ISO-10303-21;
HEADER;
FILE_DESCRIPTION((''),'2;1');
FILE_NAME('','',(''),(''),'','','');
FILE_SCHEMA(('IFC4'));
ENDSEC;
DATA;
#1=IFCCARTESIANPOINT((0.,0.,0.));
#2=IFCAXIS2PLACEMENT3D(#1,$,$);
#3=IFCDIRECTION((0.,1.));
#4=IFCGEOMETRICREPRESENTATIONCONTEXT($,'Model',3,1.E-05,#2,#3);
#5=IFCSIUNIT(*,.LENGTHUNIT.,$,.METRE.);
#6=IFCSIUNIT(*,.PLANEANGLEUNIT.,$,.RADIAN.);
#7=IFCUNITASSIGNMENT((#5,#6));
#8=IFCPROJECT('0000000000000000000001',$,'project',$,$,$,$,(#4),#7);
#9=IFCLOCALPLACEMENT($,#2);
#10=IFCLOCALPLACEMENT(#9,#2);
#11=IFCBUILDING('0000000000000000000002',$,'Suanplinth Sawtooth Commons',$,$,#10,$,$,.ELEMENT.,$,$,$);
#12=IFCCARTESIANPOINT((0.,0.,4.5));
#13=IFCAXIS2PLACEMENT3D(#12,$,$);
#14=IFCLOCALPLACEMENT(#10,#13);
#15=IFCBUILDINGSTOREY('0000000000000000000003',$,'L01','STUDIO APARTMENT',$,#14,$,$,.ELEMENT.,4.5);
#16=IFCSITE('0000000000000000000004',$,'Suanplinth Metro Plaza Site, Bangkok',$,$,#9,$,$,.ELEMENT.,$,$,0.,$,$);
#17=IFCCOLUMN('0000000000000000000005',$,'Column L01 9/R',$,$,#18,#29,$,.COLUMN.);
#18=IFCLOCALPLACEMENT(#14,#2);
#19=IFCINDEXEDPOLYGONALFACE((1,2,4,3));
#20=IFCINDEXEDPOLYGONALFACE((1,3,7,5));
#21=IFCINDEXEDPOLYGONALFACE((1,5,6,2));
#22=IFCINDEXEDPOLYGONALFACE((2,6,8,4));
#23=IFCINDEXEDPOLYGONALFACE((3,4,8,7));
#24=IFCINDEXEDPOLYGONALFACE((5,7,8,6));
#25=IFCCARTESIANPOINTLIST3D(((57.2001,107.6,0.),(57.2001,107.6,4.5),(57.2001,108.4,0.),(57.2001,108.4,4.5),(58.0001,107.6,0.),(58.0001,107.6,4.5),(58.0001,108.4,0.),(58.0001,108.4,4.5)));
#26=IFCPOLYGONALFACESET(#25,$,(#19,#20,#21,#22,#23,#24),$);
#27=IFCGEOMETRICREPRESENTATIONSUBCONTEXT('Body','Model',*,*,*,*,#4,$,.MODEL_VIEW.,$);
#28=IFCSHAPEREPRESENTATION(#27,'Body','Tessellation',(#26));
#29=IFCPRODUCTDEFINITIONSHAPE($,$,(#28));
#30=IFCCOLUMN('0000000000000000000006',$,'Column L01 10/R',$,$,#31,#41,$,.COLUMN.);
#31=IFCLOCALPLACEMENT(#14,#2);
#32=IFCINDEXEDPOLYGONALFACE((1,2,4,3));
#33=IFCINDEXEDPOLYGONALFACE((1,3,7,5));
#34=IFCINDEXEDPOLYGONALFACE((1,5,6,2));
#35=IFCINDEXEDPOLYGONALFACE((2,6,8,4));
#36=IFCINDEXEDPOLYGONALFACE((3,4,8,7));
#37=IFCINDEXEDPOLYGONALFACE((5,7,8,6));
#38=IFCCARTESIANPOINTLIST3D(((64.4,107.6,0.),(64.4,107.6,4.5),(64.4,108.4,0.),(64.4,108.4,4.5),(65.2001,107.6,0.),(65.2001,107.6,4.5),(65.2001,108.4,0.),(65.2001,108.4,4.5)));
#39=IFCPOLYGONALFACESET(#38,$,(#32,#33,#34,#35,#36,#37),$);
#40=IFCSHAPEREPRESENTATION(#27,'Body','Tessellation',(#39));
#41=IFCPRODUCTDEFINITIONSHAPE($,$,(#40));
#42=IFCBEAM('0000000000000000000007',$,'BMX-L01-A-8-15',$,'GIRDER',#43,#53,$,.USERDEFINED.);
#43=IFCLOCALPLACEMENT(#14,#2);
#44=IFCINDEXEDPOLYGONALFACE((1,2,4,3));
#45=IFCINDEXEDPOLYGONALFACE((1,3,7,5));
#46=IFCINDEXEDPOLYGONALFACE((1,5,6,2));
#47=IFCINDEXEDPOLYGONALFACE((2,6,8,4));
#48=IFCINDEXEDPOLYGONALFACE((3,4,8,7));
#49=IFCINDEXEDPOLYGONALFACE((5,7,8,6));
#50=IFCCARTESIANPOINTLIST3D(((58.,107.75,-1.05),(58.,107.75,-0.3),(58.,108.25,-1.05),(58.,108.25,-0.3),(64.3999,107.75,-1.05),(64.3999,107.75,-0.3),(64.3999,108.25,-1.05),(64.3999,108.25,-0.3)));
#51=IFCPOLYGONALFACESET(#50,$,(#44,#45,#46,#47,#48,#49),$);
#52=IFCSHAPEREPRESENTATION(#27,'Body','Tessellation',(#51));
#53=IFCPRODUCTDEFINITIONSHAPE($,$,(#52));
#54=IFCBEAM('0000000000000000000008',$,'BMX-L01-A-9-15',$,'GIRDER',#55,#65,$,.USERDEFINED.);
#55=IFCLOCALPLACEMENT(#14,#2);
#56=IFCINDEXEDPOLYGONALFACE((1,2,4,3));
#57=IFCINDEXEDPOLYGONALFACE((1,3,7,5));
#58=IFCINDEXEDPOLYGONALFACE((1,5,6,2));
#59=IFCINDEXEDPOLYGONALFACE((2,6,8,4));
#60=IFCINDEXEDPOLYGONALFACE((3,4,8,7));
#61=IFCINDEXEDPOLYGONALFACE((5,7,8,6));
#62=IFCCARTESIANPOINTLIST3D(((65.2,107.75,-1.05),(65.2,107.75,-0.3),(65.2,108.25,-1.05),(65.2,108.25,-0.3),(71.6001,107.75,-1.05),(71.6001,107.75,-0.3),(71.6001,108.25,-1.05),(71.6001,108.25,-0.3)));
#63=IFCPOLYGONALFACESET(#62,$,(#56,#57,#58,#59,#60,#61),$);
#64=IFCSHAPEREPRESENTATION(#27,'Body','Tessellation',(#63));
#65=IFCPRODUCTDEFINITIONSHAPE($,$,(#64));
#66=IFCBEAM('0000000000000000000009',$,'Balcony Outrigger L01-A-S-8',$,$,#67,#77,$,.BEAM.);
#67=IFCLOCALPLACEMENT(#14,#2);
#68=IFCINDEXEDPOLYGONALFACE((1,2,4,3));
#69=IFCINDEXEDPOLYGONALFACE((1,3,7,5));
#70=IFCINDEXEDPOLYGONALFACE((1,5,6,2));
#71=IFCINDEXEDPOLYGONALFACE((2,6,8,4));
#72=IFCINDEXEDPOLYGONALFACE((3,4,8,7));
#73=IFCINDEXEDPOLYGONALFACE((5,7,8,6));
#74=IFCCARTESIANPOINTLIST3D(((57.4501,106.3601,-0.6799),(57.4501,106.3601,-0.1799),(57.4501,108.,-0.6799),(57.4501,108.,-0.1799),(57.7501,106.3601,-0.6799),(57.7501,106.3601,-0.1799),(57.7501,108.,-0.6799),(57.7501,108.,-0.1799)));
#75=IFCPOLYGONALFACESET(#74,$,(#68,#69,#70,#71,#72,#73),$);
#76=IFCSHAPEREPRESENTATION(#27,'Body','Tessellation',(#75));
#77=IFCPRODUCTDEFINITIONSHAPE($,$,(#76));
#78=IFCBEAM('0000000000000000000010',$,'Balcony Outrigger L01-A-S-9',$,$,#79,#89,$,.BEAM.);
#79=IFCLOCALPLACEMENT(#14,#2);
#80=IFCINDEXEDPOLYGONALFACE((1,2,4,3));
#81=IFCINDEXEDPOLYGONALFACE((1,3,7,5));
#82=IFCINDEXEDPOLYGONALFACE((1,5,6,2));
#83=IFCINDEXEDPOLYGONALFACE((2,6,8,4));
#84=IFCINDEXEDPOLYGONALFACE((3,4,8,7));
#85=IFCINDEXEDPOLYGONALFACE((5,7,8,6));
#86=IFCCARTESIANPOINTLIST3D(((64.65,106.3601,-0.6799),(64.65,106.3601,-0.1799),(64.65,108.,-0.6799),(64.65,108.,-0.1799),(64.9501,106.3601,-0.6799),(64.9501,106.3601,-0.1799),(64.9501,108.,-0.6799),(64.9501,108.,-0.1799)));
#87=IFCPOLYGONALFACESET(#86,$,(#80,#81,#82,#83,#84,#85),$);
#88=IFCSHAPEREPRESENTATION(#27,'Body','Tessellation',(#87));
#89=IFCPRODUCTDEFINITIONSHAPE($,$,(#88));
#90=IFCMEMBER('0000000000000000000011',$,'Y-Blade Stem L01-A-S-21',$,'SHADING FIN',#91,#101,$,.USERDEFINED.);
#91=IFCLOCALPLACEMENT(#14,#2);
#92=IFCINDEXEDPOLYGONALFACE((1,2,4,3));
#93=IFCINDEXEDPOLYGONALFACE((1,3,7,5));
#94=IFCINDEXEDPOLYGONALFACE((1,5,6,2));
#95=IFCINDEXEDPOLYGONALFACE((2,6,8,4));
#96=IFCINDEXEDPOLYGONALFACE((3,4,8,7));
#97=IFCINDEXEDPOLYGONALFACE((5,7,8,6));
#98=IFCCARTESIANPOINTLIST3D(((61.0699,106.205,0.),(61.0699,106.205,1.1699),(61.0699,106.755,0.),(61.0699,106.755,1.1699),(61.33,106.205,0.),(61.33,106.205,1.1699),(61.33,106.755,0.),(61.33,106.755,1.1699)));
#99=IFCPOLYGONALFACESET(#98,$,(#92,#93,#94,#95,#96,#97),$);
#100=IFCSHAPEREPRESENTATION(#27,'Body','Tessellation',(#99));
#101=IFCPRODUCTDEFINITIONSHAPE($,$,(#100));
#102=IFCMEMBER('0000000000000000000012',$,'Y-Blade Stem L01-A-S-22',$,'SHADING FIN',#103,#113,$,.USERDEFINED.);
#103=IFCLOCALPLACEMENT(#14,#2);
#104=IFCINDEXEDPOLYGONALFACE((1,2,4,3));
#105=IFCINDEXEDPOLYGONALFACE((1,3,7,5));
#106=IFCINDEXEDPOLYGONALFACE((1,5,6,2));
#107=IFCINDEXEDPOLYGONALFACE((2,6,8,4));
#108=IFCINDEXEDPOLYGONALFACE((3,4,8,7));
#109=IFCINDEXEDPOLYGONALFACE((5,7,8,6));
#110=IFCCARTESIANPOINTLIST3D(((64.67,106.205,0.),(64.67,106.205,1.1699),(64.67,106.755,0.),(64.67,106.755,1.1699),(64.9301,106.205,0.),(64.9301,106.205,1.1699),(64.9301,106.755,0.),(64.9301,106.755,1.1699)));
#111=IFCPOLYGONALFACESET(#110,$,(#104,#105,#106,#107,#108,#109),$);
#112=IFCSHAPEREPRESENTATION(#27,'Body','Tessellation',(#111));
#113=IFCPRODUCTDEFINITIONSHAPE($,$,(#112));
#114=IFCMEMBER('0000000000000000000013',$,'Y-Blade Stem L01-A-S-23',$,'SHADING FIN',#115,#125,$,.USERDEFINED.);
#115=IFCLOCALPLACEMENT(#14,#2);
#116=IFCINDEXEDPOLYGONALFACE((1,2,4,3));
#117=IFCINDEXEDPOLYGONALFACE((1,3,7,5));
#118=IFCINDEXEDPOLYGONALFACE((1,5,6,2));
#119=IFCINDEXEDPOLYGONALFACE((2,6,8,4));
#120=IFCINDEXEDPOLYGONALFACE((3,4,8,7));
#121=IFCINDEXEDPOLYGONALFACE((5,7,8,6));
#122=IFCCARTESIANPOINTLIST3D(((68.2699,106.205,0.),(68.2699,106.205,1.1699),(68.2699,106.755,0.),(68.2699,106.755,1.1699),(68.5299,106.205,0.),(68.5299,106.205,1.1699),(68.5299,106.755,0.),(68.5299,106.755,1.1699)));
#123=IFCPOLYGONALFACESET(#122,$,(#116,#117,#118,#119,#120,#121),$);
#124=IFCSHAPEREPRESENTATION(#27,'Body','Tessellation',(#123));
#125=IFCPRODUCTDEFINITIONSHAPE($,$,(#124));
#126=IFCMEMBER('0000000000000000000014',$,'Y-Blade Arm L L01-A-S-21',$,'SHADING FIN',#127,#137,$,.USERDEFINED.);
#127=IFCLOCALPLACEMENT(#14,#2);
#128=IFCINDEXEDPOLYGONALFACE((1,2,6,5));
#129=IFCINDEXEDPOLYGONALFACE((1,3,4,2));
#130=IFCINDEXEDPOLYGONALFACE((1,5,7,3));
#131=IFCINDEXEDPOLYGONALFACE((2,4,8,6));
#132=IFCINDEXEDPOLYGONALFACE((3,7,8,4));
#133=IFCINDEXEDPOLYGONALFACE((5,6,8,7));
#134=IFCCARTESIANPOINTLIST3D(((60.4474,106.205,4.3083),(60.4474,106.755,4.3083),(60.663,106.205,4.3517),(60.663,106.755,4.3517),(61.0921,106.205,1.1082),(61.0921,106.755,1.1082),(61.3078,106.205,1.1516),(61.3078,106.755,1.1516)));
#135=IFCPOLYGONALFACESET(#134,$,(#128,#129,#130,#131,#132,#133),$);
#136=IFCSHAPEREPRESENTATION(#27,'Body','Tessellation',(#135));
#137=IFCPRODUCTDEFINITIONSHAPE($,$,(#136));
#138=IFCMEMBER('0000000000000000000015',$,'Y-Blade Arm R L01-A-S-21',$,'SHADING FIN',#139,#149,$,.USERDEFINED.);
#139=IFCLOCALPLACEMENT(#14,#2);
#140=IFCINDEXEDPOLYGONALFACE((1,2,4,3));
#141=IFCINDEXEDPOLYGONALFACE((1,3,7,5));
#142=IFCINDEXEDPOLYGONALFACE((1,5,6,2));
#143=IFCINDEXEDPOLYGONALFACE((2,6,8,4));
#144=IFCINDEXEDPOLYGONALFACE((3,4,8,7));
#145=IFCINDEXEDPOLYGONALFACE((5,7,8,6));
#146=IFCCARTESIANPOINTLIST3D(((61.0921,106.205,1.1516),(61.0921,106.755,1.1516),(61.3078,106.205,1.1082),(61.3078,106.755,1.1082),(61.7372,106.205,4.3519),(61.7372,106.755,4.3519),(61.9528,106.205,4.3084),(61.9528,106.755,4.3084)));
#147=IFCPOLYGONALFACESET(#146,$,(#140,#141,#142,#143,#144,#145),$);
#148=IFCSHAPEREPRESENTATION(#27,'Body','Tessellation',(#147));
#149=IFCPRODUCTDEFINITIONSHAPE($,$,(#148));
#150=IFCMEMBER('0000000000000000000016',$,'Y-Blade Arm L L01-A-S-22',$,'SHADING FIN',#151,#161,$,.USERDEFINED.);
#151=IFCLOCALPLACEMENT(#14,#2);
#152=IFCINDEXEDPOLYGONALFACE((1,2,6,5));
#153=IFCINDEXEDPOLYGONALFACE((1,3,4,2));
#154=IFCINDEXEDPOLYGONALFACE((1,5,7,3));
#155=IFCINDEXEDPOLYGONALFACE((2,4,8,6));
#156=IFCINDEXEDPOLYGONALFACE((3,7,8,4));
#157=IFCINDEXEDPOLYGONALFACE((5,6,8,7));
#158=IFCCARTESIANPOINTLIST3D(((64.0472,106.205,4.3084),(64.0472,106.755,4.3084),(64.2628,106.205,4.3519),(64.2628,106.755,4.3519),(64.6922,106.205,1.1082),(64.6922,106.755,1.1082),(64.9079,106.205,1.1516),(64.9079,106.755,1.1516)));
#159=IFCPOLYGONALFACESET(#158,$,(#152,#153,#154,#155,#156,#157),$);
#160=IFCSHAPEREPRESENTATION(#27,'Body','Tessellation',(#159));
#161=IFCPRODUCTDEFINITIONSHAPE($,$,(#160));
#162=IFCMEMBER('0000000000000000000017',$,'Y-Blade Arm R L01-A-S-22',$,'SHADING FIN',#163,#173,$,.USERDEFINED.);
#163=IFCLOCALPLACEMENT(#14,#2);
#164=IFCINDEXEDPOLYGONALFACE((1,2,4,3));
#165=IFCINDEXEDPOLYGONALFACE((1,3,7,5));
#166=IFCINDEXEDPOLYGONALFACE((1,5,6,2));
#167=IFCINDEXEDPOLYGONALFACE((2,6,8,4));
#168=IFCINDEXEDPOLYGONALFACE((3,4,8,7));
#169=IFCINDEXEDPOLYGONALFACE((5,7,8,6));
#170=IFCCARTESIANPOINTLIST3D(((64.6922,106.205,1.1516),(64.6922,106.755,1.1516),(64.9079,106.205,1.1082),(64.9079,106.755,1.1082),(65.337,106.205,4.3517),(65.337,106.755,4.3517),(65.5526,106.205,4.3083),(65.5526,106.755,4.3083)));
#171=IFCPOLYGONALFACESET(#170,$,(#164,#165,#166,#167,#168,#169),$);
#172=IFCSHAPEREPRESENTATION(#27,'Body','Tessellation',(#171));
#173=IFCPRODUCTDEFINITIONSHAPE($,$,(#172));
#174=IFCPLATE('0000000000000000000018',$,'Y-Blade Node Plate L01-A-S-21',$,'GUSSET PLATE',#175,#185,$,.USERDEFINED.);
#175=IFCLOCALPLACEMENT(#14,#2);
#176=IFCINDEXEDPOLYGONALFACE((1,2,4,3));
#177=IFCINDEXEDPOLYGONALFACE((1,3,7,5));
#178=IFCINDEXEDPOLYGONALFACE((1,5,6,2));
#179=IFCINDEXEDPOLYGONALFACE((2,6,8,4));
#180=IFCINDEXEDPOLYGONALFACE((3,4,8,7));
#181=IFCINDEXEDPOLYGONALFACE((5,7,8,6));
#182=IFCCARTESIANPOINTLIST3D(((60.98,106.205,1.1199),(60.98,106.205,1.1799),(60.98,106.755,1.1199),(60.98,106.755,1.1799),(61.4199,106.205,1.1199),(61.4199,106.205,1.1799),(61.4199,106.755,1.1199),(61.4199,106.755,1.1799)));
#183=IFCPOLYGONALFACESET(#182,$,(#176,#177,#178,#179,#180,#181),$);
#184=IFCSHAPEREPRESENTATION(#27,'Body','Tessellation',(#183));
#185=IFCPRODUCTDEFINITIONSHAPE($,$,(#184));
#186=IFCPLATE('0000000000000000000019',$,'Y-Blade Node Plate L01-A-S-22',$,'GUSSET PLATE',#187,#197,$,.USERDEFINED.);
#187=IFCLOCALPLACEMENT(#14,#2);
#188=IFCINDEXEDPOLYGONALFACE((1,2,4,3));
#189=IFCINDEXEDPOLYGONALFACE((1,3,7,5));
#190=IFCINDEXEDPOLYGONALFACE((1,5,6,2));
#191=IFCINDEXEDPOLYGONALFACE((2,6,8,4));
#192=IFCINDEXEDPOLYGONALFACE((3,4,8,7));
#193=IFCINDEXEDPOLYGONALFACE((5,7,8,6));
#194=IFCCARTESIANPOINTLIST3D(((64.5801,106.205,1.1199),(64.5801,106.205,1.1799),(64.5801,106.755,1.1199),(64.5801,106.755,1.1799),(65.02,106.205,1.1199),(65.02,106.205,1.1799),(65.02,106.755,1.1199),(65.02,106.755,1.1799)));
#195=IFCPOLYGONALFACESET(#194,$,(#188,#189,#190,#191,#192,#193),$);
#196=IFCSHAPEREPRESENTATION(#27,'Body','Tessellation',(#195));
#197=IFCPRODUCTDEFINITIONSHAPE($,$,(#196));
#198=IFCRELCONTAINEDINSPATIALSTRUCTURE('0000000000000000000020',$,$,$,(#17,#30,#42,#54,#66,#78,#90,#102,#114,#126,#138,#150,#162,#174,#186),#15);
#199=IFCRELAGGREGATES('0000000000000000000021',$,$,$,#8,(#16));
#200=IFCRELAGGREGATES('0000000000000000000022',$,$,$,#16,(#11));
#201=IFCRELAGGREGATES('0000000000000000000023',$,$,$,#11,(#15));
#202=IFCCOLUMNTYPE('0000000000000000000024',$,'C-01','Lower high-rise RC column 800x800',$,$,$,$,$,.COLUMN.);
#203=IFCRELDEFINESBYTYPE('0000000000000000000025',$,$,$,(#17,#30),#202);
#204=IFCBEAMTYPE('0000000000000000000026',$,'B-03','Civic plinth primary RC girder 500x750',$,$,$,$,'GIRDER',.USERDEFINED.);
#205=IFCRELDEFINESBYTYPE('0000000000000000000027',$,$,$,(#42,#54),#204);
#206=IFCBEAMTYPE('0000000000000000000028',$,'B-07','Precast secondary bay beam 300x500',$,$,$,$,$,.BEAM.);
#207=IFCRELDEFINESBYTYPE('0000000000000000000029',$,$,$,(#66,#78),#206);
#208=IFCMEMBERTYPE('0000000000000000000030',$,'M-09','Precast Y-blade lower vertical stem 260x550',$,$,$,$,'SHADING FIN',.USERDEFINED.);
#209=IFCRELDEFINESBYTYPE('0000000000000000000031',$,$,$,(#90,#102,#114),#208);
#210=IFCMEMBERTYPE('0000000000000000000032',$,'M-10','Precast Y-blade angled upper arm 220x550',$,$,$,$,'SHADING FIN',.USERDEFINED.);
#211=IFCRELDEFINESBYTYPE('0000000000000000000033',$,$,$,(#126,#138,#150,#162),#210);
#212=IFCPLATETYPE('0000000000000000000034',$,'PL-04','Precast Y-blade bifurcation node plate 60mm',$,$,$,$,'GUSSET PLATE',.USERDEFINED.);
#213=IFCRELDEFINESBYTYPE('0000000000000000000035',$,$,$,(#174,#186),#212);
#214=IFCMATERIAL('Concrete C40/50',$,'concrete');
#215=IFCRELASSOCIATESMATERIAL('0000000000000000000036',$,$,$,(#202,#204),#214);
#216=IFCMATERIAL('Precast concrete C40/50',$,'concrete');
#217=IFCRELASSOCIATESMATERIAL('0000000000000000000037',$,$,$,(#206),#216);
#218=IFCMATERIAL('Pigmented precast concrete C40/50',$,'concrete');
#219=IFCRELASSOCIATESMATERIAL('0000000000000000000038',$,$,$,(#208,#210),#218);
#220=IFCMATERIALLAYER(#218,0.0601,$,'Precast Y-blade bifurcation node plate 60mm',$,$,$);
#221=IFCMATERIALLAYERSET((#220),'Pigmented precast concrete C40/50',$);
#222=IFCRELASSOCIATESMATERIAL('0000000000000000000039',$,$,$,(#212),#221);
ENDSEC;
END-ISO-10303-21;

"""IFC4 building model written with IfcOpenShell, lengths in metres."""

from ifc_helpers import new_model, si_unit, direction, frame, origin, origin_2d, place, context, subcontext, project, spatial, rectangle, extrude, material, layer, layer_set, material_profile, profile_set, type_object, element, save


model = new_model("IFC4")

# Units and contexts
model_context = context("Model", 3, precision=1e-05, world=origin(), true_north=direction((0.0, 1.0)))
body_context = subcontext(model_context, "Body", "Model", "MODEL_VIEW")
ifc_project = project(units=[si_unit("LENGTHUNIT", "METRE"), si_unit("PLANEANGLEUNIT", "RADIAN")], contexts=[model_context])

# Site, building, storey
site_placement = place(None, origin())
site = spatial("IfcSite", under=ifc_project, at=site_placement, Name="Suanplinth Metro Plaza Site, Bangkok", CompositionType="ELEMENT", RefElevation=0.0)
building_placement = place(site_placement, origin())
building = spatial("IfcBuilding", under=site, at=building_placement, Name="Suanplinth Sawtooth Commons", CompositionType="ELEMENT")
storey_placement = place(building_placement, frame((0.0, 0.0, 4.5)))
storey = spatial("IfcBuildingStorey", under=building, at=storey_placement, Name="L01", Description="STUDIO APARTMENT", CompositionType="ELEMENT", Elevation=4.5)

# Columns
ifc_material_1 = material(Name="Concrete C40/50", Category="concrete")
ifc_material_profile_1 = material_profile(ifc_material_1, rectangle(XDim=0.8, YDim=0.8, at=origin_2d()), Name="RC-COL 800x800")
ifc_profile_set_1 = profile_set([ifc_material_profile_1], Name="Concrete C40/50")
column_type = type_object("IfcColumnType", Name="C-01", Description="Lower high-rise RC column 800x800", PredefinedType="COLUMN", material=ifc_profile_set_1)
for number, where, z_axis, x_axis, name in (
    (1, (57.6001, 108.0, 0.0), (0.0, 0.0, 1.0), (1.0, 0.0, 0.0), "Column L01 9/R"),
    (2, (64.8, 108.0, 0.0), (0.0, 0.0, 1.0), (1.0, 0.0, 0.0), "Column L01 10/R"),
):
    element("IfcColumn", number, at=place(storey_placement, frame(where, z_axis=z_axis, x_axis=x_axis)), inside=storey, type_object=column_type, Name=name, PredefinedType="COLUMN", context=body_context, shape_type="SweptSolid", body=[
        extrude(rectangle(XDim=0.8, YDim=0.8, at=origin_2d()), origin(), (0.0, 0.0, 1.0), 4.5),
    ])

# Beams
ifc_material_profile_2 = material_profile(ifc_material_1, rectangle(XDim=0.5, YDim=0.75, at=origin_2d()), Name="RC-GDR 500x750")
ifc_profile_set_2 = profile_set([ifc_material_profile_2], Name="Concrete C40/50")
beam_type_1 = type_object("IfcBeamType", Name="B-03", Description="Civic plinth primary RC girder 500x750", ElementType="GIRDER", PredefinedType="USERDEFINED", material=ifc_profile_set_2)
beam_1_placement = place(storey_placement, frame((58.0, 108.0, -0.675), z_axis=(1.0, 0.0, 0.0), x_axis=(0.0, 1.0, 0.0)))
element("IfcBeam", 3, at=beam_1_placement, inside=storey, type_object=beam_type_1, Name="BMX-L01-A-8-15", ObjectType="GIRDER", PredefinedType="USERDEFINED", context=body_context, shape_type="SweptSolid", body=[
    extrude(rectangle(XDim=0.5, YDim=0.75, at=origin_2d()), origin(), (0.0, 0.0, 1.0), 6.3999),
])
beam_2_placement = place(storey_placement, frame((65.2, 108.0, -0.675), z_axis=(1.0, 0.0, 0.0), x_axis=(0.0, 1.0, 0.0)))
element("IfcBeam", 4, at=beam_2_placement, inside=storey, type_object=beam_type_1, Name="BMX-L01-A-9-15", ObjectType="GIRDER", PredefinedType="USERDEFINED", context=body_context, shape_type="SweptSolid", body=[
    extrude(rectangle(XDim=0.5, YDim=0.75, at=origin_2d()), origin(), (0.0, 0.0, 1.0), 6.4001),
])
ifc_material_2 = material(Name="Precast concrete C40/50", Category="concrete")
ifc_material_profile_3 = material_profile(ifc_material_2, rectangle(XDim=0.3, YDim=0.5, at=origin_2d()), Name="PC-BM 300x500")
ifc_profile_set_3 = profile_set([ifc_material_profile_3], Name="Precast concrete C40/50")
beam_type_2 = type_object("IfcBeamType", Name="B-07", Description="Precast secondary bay beam 300x500", PredefinedType="BEAM", material=ifc_profile_set_3)
for number, where, z_axis, x_axis, name in (
    (5, (57.6001, 108.0, -0.4299), (0.0, -1.0, 0.0), (1.0, 0.0, 0.0), "Balcony Outrigger L01-A-S-8"),
    (6, (64.8, 108.0, -0.4299), (0.0, -1.0, 0.0), (1.0, 0.0, 0.0), "Balcony Outrigger L01-A-S-9"),
):
    element("IfcBeam", number, at=place(storey_placement, frame(where, z_axis=z_axis, x_axis=x_axis)), inside=storey, type_object=beam_type_2, Name=name, PredefinedType="BEAM", context=body_context, shape_type="SweptSolid", body=[
        extrude(rectangle(XDim=0.3, YDim=0.5, at=origin_2d()), origin(), (0.0, 0.0, 1.0), 1.6399),
    ])

# Members
ifc_material_3 = material(Name="Pigmented precast concrete C40/50", Category="concrete")
ifc_material_profile_4 = material_profile(ifc_material_3, rectangle(XDim=0.26, YDim=0.55, at=origin_2d()), Name="PC-FIN 260x550")
ifc_profile_set_4 = profile_set([ifc_material_profile_4], Name="Pigmented precast concrete C40/50")
member_type_1 = type_object("IfcMemberType", Name="M-09", Description="Precast Y-blade lower vertical stem 260x550", ElementType="SHADING FIN", PredefinedType="USERDEFINED", material=ifc_profile_set_4)
for number, where, z_axis, x_axis, name in (
    (7, (61.2, 106.48, 0.0), (0.0, 0.0, 1.0), (1.0, 0.0, 0.0), "Y-Blade Stem L01-A-S-21"),
    (8, (64.8, 106.48, 0.0), (0.0, 0.0, 1.0), (1.0, 0.0, 0.0), "Y-Blade Stem L01-A-S-22"),
    (9, (68.3999, 106.48, 0.0), (0.0, 0.0, 1.0), (1.0, 0.0, 0.0), "Y-Blade Stem L01-A-S-23"),
):
    element("IfcMember", number, at=place(storey_placement, frame(where, z_axis=z_axis, x_axis=x_axis)), inside=storey, type_object=member_type_1, Name=name, ObjectType="SHADING FIN", PredefinedType="USERDEFINED", context=body_context, shape_type="SweptSolid", body=[
        extrude(rectangle(XDim=0.26, YDim=0.55, at=origin_2d()), origin(), (0.0, 0.0, 1.0), 1.1699),
    ])
ifc_material_profile_5 = material_profile(ifc_material_3, rectangle(XDim=0.22, YDim=0.55, at=origin_2d()), Name="PC-FIN 220x550")
ifc_profile_set_5 = profile_set([ifc_material_profile_5], Name="Pigmented precast concrete C40/50")
member_type_2 = type_object("IfcMemberType", Name="M-10", Description="Precast Y-blade angled upper arm 220x550", ElementType="SHADING FIN", PredefinedType="USERDEFINED", material=ifc_profile_set_5)
member_1_placement = place(storey_placement, frame((61.2, 106.48, 1.1299), z_axis=(-0.197511, 0.0, 0.980301), x_axis=(0.980301, 0.0, 0.197511)))
element("IfcMember", 10, at=member_1_placement, inside=storey, type_object=member_type_2, Name="Y-Blade Arm L L01-A-S-21", ObjectType="SHADING FIN", PredefinedType="USERDEFINED", context=body_context, shape_type="SweptSolid", body=[
    extrude(rectangle(XDim=0.22, YDim=0.55, at=origin_2d()), origin(), (0.0, 0.0, 1.0), 3.2644),
])
for number, where, z_axis, x_axis, name in (
    (11, (61.2, 106.48, 1.1299), (0.197583, 0.0, 0.980286), (-0.980286, 0.0, 0.197583), "Y-Blade Arm R L01-A-S-21"),
    (12, (64.8, 106.48, 1.1299), (-0.197583, 0.0, 0.980286), (0.980286, 0.0, 0.197583), "Y-Blade Arm L L01-A-S-22"),
):
    element("IfcMember", number, at=place(storey_placement, frame(where, z_axis=z_axis, x_axis=x_axis)), inside=storey, type_object=member_type_2, Name=name, ObjectType="SHADING FIN", PredefinedType="USERDEFINED", context=body_context, shape_type="SweptSolid", body=[
        extrude(rectangle(XDim=0.22, YDim=0.55, at=origin_2d()), origin(), (0.0, 0.0, 1.0), 3.2646),
    ])
member_2_placement = place(storey_placement, frame((64.8, 106.48, 1.1299), z_axis=(0.197511, 0.0, 0.980301), x_axis=(-0.980301, 0.0, 0.197511)))
element("IfcMember", 13, at=member_2_placement, inside=storey, type_object=member_type_2, Name="Y-Blade Arm R L01-A-S-22", ObjectType="SHADING FIN", PredefinedType="USERDEFINED", context=body_context, shape_type="SweptSolid", body=[
    extrude(rectangle(XDim=0.22, YDim=0.55, at=origin_2d()), origin(), (0.0, 0.0, 1.0), 3.2644),
])

# Plates
ifc_layer_1 = layer(ifc_material_3, 0.0601, Name="Precast Y-blade bifurcation node plate 60mm")
ifc_layer_set_1 = layer_set([ifc_layer_1], Name="Pigmented precast concrete C40/50")
plate_type = type_object("IfcPlateType", Name="PL-04", Description="Precast Y-blade bifurcation node plate 60mm", ElementType="GUSSET PLATE", PredefinedType="USERDEFINED", material=ifc_layer_set_1)
for number, where, z_axis, x_axis, name in (
    (14, (61.2, 106.48, 1.1199), (0.0, 0.0, 1.0), (1.0, 0.0, 0.0), "Y-Blade Node Plate L01-A-S-21"),
    (15, (64.8, 106.48, 1.1199), (0.0, 0.0, 1.0), (1.0, 0.0, 0.0), "Y-Blade Node Plate L01-A-S-22"),
):
    element("IfcPlate", number, at=place(storey_placement, frame(where, z_axis=z_axis, x_axis=x_axis)), inside=storey, type_object=plate_type, Name=name, ObjectType="GUSSET PLATE", PredefinedType="USERDEFINED", context=body_context, shape_type="SweptSolid", body=[
        extrude(rectangle(XDim=0.4399, YDim=0.55, at=origin_2d()), origin(), (0.0, 0.0, 1.0), 0.0601),
    ])

save(model, "model.ifc")
